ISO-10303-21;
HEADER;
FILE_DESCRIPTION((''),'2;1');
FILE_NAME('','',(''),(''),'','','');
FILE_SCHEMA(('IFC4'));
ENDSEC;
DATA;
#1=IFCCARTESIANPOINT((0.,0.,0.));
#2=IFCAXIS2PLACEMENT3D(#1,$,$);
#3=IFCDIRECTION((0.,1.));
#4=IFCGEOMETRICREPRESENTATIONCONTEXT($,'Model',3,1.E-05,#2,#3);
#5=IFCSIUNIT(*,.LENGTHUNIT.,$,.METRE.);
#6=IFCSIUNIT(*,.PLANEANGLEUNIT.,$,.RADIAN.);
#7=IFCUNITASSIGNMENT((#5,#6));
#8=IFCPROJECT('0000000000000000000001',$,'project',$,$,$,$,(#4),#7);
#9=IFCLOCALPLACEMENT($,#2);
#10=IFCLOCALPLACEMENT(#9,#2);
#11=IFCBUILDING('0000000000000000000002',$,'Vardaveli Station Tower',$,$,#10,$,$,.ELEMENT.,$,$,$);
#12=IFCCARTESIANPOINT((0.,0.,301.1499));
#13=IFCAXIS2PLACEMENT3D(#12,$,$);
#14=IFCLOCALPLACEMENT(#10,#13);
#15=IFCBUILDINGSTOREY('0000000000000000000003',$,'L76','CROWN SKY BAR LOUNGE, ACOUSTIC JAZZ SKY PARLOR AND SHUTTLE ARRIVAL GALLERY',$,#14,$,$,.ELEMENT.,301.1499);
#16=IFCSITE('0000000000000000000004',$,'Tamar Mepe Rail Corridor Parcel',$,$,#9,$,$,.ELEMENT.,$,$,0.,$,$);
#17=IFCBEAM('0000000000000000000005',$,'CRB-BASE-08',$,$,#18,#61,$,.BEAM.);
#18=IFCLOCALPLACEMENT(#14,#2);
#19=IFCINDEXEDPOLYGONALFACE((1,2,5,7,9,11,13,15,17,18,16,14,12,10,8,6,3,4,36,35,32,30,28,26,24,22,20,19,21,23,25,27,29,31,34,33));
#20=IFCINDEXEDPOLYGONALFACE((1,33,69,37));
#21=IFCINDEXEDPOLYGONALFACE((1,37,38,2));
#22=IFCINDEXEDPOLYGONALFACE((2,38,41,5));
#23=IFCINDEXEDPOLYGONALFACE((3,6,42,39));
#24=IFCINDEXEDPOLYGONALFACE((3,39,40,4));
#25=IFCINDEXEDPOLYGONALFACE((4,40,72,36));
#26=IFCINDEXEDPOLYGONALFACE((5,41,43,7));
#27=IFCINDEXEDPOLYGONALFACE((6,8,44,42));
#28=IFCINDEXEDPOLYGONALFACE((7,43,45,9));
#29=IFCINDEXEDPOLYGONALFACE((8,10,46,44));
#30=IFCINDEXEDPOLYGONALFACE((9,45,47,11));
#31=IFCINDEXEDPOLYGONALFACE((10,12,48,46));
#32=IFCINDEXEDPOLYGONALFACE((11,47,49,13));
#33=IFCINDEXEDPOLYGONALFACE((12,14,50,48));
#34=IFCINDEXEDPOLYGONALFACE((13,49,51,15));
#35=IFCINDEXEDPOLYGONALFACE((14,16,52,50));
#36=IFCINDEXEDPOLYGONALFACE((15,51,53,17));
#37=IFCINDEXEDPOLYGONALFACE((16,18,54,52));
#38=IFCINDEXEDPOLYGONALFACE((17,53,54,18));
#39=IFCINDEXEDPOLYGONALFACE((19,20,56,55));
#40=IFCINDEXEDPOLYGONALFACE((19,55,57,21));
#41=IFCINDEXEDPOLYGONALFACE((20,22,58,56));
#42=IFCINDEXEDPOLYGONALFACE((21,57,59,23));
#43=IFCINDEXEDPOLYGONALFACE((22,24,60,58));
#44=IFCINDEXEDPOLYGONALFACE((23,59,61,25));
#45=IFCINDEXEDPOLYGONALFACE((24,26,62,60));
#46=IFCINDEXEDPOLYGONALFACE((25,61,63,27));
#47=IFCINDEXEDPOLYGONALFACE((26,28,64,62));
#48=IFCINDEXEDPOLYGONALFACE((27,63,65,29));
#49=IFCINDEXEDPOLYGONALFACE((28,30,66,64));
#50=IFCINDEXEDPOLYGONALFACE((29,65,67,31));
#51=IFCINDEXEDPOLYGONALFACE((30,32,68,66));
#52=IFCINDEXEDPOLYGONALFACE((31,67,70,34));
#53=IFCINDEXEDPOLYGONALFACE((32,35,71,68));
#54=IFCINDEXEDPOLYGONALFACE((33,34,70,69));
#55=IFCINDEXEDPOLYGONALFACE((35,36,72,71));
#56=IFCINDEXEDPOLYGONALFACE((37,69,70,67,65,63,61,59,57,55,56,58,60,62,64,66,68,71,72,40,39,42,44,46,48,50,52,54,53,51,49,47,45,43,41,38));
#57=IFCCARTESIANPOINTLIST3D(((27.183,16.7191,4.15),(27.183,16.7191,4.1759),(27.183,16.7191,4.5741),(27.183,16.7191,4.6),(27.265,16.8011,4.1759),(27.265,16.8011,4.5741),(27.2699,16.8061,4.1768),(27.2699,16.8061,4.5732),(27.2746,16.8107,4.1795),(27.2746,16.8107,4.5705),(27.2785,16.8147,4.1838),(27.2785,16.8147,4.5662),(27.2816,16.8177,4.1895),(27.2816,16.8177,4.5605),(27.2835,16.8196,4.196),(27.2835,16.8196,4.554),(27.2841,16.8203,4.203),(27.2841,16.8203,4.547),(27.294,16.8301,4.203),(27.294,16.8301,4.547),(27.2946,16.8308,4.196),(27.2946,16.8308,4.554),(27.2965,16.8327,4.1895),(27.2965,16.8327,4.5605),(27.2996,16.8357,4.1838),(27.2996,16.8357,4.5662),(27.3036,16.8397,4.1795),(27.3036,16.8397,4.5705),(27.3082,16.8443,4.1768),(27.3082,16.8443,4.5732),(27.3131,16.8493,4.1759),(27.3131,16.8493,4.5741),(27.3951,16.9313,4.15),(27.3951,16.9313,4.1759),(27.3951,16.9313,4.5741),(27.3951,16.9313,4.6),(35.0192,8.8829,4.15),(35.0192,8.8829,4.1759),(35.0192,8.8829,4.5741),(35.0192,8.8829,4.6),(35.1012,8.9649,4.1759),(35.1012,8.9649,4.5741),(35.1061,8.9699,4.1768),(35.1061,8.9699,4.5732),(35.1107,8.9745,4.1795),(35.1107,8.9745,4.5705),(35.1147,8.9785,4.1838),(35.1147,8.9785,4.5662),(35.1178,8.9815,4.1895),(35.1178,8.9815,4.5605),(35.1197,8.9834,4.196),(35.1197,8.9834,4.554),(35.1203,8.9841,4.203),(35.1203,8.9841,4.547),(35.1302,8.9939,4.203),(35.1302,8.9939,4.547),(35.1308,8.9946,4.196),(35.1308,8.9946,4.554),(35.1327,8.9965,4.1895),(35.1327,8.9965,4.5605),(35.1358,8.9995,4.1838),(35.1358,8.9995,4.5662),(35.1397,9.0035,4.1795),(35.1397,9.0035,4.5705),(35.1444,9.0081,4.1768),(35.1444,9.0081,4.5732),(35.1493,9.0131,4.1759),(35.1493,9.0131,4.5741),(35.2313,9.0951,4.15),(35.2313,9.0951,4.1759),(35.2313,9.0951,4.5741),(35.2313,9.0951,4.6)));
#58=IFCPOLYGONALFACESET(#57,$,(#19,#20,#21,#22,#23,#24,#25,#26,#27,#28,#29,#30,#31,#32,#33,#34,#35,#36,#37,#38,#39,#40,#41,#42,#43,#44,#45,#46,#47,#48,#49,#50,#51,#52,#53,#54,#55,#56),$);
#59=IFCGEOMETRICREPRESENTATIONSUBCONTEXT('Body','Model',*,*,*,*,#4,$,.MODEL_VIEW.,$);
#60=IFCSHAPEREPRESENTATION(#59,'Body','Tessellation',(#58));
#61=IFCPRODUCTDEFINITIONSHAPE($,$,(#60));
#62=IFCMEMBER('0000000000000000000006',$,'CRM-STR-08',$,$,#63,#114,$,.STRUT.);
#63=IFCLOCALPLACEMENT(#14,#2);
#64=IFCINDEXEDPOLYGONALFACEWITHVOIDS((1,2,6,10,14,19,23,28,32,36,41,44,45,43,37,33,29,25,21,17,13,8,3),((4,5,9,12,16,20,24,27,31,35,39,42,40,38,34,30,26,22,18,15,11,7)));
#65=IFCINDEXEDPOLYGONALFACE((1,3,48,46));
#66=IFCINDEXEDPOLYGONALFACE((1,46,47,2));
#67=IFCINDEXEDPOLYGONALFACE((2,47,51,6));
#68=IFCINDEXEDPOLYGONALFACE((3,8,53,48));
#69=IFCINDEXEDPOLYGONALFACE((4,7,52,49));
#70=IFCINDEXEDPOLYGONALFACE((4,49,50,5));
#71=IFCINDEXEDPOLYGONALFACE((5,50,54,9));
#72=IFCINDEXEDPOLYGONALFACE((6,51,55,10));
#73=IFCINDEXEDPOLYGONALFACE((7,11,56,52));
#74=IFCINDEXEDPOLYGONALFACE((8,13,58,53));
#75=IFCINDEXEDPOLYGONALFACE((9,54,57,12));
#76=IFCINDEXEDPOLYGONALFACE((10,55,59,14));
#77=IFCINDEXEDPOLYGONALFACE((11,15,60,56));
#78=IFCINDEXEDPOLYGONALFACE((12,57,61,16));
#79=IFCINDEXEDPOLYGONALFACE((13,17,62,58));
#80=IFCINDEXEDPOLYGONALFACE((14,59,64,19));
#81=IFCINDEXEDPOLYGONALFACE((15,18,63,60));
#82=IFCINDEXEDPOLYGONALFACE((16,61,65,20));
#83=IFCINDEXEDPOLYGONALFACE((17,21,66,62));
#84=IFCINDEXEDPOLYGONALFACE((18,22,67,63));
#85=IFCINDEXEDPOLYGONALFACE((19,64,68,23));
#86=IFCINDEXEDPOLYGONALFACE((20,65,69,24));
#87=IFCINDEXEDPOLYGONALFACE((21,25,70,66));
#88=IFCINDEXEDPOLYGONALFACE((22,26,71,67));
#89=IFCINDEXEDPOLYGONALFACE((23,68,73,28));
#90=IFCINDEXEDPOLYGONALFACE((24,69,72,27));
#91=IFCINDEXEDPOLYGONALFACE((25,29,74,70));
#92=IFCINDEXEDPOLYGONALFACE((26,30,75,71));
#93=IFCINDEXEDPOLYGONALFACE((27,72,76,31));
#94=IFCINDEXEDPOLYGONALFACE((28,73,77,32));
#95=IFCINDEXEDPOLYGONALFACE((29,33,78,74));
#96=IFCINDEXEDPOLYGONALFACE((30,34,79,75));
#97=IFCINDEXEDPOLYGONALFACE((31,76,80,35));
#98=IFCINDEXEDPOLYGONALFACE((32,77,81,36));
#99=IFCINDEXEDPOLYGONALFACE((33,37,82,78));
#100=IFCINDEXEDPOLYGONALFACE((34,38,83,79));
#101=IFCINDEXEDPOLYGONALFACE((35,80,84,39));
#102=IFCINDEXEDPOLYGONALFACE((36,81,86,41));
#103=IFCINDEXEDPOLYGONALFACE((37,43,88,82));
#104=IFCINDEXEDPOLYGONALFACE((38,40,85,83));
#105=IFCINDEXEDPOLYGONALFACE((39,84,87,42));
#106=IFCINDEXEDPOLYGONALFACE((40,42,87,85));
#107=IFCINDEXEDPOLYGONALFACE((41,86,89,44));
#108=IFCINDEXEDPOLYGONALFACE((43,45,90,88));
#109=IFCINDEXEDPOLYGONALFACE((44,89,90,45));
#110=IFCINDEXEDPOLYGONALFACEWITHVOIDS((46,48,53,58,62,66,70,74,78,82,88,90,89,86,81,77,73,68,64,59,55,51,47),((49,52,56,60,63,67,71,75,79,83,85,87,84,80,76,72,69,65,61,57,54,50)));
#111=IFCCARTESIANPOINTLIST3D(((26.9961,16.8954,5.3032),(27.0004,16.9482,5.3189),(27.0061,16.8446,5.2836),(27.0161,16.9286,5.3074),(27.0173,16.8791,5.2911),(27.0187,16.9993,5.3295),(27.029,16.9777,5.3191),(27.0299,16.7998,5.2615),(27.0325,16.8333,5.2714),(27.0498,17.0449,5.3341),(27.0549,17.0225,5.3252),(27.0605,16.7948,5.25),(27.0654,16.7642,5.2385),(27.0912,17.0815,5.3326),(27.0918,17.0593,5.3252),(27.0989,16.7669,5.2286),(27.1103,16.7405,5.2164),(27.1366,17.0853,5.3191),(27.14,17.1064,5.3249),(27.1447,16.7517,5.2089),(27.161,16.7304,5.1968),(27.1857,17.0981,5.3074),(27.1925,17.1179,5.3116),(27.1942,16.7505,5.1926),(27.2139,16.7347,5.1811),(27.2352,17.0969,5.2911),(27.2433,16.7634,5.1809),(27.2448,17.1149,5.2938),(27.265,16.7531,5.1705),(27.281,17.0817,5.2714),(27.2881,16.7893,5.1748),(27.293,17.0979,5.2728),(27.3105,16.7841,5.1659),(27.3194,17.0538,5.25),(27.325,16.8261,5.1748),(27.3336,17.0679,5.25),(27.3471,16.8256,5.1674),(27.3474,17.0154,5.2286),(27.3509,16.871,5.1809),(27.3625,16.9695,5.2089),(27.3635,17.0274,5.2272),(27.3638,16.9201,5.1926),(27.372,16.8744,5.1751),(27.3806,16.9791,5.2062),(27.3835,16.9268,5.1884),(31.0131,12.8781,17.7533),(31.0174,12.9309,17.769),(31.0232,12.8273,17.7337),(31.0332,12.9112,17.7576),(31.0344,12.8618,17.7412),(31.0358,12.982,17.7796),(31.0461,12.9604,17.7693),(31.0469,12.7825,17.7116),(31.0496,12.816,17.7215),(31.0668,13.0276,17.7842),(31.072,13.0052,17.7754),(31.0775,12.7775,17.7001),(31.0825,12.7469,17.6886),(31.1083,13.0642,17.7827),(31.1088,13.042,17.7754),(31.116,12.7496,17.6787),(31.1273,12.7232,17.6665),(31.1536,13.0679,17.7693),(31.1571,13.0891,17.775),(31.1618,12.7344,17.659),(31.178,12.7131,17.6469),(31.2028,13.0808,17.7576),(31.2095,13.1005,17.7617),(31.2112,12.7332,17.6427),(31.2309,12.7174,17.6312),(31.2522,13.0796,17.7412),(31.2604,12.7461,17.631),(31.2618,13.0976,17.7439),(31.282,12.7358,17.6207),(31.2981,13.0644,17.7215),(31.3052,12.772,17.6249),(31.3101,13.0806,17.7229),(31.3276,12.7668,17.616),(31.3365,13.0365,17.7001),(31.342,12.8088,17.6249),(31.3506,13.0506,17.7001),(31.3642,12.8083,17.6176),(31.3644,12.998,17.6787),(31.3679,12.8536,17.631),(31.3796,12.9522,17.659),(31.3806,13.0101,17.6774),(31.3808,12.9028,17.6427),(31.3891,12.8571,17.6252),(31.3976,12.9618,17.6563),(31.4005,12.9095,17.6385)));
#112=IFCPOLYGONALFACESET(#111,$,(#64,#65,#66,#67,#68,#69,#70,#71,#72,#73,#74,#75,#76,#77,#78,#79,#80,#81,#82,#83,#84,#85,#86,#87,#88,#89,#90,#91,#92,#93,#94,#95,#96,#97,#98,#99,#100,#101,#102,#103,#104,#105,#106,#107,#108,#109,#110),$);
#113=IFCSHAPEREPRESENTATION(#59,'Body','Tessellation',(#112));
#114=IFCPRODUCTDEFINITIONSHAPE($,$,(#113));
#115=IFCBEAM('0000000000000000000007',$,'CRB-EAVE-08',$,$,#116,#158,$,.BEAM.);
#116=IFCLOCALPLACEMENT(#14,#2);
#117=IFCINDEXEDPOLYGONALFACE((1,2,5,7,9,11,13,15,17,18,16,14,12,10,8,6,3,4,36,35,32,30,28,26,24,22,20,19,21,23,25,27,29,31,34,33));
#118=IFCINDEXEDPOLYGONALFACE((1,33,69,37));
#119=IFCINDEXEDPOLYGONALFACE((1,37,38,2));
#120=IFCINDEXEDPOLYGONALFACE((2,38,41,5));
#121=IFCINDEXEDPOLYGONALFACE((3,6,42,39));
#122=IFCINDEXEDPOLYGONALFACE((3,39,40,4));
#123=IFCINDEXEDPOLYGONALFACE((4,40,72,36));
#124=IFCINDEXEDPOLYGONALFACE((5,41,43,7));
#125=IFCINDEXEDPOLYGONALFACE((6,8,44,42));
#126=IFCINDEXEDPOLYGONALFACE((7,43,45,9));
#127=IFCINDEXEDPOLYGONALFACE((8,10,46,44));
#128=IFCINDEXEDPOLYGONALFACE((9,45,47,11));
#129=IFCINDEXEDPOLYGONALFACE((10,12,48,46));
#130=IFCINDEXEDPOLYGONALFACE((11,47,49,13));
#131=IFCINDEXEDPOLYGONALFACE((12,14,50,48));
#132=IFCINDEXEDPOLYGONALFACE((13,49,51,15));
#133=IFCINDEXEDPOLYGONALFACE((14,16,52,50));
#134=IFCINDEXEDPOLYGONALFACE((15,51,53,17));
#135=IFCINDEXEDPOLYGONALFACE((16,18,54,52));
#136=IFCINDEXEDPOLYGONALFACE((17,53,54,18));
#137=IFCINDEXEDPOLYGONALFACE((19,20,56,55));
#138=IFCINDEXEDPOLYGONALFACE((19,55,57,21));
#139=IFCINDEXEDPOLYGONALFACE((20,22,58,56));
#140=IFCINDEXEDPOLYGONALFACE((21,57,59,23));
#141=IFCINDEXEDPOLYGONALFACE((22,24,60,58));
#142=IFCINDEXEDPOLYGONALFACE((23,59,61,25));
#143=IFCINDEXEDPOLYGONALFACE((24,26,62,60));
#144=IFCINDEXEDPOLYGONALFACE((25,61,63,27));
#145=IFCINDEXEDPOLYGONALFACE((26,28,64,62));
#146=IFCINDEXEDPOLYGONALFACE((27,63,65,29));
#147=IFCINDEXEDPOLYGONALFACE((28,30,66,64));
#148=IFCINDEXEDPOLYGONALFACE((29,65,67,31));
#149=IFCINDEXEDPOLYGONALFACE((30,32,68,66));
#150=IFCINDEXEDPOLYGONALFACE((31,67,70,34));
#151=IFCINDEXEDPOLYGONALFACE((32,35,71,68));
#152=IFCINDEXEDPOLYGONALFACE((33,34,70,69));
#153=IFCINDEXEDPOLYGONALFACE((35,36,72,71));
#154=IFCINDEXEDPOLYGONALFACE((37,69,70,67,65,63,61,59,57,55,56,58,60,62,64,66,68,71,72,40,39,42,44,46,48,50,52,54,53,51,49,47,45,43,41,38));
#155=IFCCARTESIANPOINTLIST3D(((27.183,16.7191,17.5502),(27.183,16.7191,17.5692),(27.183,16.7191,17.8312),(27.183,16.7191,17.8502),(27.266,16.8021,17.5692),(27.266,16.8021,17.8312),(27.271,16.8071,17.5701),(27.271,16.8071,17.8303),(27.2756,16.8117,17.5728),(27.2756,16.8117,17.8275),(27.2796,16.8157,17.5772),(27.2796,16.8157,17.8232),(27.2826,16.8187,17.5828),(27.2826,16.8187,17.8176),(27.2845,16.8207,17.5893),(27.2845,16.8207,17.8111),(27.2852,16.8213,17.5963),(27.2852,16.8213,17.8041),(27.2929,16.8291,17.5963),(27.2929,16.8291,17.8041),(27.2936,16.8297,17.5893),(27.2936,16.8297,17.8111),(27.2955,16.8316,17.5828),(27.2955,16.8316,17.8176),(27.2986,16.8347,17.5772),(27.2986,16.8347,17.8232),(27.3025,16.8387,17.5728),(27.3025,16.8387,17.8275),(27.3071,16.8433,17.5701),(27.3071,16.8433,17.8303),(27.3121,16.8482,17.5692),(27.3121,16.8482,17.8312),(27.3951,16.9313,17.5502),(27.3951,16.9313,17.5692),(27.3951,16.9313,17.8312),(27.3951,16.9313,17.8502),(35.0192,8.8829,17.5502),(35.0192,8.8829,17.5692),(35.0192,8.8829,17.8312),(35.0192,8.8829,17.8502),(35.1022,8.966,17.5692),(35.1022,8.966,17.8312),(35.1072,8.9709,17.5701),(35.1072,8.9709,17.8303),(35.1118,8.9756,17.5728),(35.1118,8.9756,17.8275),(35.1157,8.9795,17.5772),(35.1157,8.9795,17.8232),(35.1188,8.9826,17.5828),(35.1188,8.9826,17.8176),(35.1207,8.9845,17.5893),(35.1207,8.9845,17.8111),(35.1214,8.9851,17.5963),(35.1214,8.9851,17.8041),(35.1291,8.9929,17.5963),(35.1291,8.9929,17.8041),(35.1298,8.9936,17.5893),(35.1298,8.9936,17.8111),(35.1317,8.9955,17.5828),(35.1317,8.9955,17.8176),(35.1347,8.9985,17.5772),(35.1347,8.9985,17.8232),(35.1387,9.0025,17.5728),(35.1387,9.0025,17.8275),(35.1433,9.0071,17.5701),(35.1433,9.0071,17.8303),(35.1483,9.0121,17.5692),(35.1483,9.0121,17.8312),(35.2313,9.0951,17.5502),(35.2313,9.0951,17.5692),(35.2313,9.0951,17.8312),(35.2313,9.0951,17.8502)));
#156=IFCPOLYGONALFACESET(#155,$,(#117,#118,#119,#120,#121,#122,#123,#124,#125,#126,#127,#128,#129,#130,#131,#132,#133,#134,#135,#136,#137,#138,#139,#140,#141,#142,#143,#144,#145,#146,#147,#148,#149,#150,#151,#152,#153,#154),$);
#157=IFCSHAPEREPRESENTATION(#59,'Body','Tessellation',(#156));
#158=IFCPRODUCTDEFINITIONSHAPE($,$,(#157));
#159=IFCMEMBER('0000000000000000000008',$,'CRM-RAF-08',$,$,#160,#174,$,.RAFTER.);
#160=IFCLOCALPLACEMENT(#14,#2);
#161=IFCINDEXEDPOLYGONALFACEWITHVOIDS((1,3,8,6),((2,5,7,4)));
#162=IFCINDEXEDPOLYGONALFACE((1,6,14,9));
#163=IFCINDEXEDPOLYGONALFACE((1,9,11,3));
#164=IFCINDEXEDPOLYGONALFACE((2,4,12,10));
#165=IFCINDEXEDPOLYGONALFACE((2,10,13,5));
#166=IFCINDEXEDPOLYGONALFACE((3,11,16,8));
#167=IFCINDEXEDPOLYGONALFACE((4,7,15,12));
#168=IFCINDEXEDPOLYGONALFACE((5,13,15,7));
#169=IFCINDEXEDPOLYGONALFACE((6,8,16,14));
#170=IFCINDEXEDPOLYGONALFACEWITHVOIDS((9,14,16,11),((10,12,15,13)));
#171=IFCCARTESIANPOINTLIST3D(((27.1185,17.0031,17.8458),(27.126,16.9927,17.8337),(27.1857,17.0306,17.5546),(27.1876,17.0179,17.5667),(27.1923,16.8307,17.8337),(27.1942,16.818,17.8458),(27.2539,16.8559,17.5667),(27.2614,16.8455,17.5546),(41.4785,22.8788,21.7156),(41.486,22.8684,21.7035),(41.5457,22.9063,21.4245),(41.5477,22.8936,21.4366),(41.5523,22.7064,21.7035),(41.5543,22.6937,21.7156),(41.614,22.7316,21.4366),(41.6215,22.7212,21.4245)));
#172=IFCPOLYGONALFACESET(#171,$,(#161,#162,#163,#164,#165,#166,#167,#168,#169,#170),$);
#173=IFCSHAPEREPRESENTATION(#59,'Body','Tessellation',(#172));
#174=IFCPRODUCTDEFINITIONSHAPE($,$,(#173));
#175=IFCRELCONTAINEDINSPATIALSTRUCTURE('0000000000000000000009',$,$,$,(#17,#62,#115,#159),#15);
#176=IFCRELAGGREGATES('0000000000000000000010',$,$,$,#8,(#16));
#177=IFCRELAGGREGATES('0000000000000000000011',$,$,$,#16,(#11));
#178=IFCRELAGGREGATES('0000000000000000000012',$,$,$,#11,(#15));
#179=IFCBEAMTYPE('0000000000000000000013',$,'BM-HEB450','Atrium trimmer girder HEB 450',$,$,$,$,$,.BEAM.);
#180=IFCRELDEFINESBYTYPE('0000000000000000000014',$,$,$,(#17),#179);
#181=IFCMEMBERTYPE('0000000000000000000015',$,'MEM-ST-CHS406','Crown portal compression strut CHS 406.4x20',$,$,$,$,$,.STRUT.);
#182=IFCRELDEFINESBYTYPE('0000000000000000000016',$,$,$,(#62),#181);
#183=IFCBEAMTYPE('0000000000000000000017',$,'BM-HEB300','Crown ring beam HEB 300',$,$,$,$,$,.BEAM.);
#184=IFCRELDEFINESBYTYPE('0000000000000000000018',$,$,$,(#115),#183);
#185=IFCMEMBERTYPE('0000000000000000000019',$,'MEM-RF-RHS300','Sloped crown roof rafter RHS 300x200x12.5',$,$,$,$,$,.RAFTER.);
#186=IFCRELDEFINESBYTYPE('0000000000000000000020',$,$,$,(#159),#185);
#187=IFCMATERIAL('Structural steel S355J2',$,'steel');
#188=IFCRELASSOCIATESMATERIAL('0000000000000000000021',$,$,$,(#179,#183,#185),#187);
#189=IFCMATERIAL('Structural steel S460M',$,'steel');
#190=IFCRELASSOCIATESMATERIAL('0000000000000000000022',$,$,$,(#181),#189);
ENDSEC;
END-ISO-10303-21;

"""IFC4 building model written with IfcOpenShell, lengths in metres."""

from ifc_helpers import new_model, si_unit, direction, frame, origin, origin_2d, place, context, subcontext, project, spatial, hollow_rectangle, hollow_circle, i_section, extrude, source, transform, mapped, material, material_profile, profile_set, type_object, element, save


model = new_model("IFC4")

# Units and contexts
model_context = context("Model", 3, precision=1e-05, world=origin(), true_north=direction((0.0, 1.0)))
body_context = subcontext(model_context, "Body", "Model", "MODEL_VIEW")
ifc_project = project(units=[si_unit("LENGTHUNIT", "METRE"), si_unit("PLANEANGLEUNIT", "RADIAN")], contexts=[model_context])

# Site, building, storey
site_placement = place(None, origin())
site = spatial("IfcSite", under=ifc_project, at=site_placement, Name="Tamar Mepe Rail Corridor Parcel", CompositionType="ELEMENT", RefElevation=0.0)
building_placement = place(site_placement, origin())
building = spatial("IfcBuilding", under=site, at=building_placement, Name="Vardaveli Station Tower", CompositionType="ELEMENT")
storey_placement = place(building_placement, frame((0.0, 0.0, 301.1499)))
storey = spatial("IfcBuildingStorey", under=building, at=storey_placement, Name="L76", Description="CROWN SKY BAR LOUNGE, ACOUSTIC JAZZ SKY PARLOR AND SHUTTLE ARRIVAL GALLERY", CompositionType="ELEMENT", Elevation=301.1499)

# Shared definitions
ifc_material_1 = material(Name="Structural steel S355J2", Category="steel")

# Beam
ifc_material_profile_1 = material_profile(ifc_material_1, i_section(OverallWidth=0.3, OverallDepth=0.45, WebThickness=0.0139, FlangeThickness=0.0259, FilletRadius=0.0271, at=origin_2d()), Name="HEB 450")
ifc_profile_set_1 = profile_set([ifc_material_profile_1], Name="Structural steel S355J2")
beam_type_1 = type_object("IfcBeamType", Name="BM-HEB450", Description="Atrium trimmer girder HEB 450", PredefinedType="BEAM", material=ifc_profile_set_1)
shared_shape_1 = source(origin(), body_context, "Body", "SweptSolid", [
    extrude(i_section(OverallWidth=0.3, OverallDepth=0.45, WebThickness=0.0139, FlangeThickness=0.0259, FilletRadius=0.0271, at=origin_2d()), origin(), (0.0, 0.0, 1.0), 11.082),
])
beam_1_placement = place(storey_placement, frame((27.2891, 16.8252, 4.375), z_axis=(0.707107, -0.707107, 0.0), x_axis=(0.707107, 0.707107, 0.0)))
element("IfcBeam", 1, at=beam_1_placement, inside=storey, type_object=beam_type_1, Name="CRB-BASE-08", PredefinedType="BEAM", context=body_context, shape_type="MappedRepresentation", body=[
    mapped(shared_shape_1, transform((0.0, 0.0, 0.0), scale=1.0)),
])

# Member
ifc_material_2 = material(Name="Structural steel S460M", Category="steel")
ifc_material_profile_2 = material_profile(ifc_material_2, hollow_circle(Radius=0.2031, WallThickness=0.02, at=origin_2d()), Name="CHS 406.4x20")
ifc_profile_set_2 = profile_set([ifc_material_profile_2], Name="Structural steel S460M")
member_type_1 = type_object("IfcMemberType", Name="MEM-ST-CHS406", Description="Crown portal compression strut CHS 406.4x20", PredefinedType="STRUT", material=ifc_profile_set_2)
shared_shape_2 = source(origin(), body_context, "Body", "SweptSolid", [
    extrude(hollow_circle(Radius=0.2031, WallThickness=0.02, at=origin_2d()), origin(), (0.0, 0.0, 1.0), 13.6851),
])
member_1_placement = place(storey_placement, frame((27.1899, 16.9243, 5.25), z_axis=(0.293536, -0.293554, 0.909759), x_axis=(0.707128, 0.707085, 0.0)))
element("IfcMember", 2, at=member_1_placement, inside=storey, type_object=member_type_1, Name="CRM-STR-08", PredefinedType="STRUT", context=body_context, shape_type="MappedRepresentation", body=[
    mapped(shared_shape_2, transform((0.0, 0.0, 0.0), scale=1.0)),
])

# Beam
ifc_material_profile_3 = material_profile(ifc_material_1, i_section(OverallWidth=0.3, OverallDepth=0.3, WebThickness=0.011, FlangeThickness=0.019, FilletRadius=0.0271, at=origin_2d()), Name="HEB 300")
ifc_profile_set_3 = profile_set([ifc_material_profile_3], Name="Structural steel S355J2")
beam_type_2 = type_object("IfcBeamType", Name="BM-HEB300", Description="Crown ring beam HEB 300", PredefinedType="BEAM", material=ifc_profile_set_3)
shared_shape_3 = source(origin(), body_context, "Body", "SweptSolid", [
    extrude(i_section(OverallWidth=0.3, OverallDepth=0.3, WebThickness=0.011, FlangeThickness=0.019, FilletRadius=0.0271, at=origin_2d()), origin(), (0.0, 0.0, 1.0), 11.082),
])
beam_2_placement = place(storey_placement, frame((27.2891, 16.8252, 17.7002), z_axis=(0.707107, -0.707107, 0.0), x_axis=(0.707107, 0.707107, 0.0)))
element("IfcBeam", 3, at=beam_2_placement, inside=storey, type_object=beam_type_2, Name="CRB-EAVE-08", PredefinedType="BEAM", context=body_context, shape_type="MappedRepresentation", body=[
    mapped(shared_shape_3, transform((0.0, 0.0, 0.0), scale=1.0)),
])

# Member
ifc_material_profile_4 = material_profile(ifc_material_1, hollow_rectangle(XDim=0.2, YDim=0.3, WallThickness=0.0125, at=origin_2d()), Name="RHS 300x200x12.5")
ifc_profile_set_4 = profile_set([ifc_material_profile_4], Name="Structural steel S355J2")
member_type_2 = type_object("IfcMemberType", Name="MEM-RF-RHS300", Description="Sloped crown roof rafter RHS 300x200x12.5", PredefinedType="RAFTER", material=ifc_profile_set_4)
shared_shape_4 = source(origin(), body_context, "Body", "SweptSolid", [
    extrude(hollow_rectangle(XDim=0.2, YDim=0.3, WallThickness=0.0125, at=origin_2d()), origin(), (0.0, 0.0, 1.0), 15.991),
])
member_2_placement = place(storey_placement, frame((27.1899, 16.9243, 17.7002), z_axis=(0.898011, 0.367439, 0.242003), x_axis=(-0.378696, 0.925521, 0.0)))
element("IfcMember", 4, at=member_2_placement, inside=storey, type_object=member_type_2, Name="CRM-RAF-08", PredefinedType="RAFTER", context=body_context, shape_type="MappedRepresentation", body=[
    mapped(shared_shape_4, transform((0.0, 0.0, 0.0), scale=1.0)),
])

save(model, "model.ifc")
